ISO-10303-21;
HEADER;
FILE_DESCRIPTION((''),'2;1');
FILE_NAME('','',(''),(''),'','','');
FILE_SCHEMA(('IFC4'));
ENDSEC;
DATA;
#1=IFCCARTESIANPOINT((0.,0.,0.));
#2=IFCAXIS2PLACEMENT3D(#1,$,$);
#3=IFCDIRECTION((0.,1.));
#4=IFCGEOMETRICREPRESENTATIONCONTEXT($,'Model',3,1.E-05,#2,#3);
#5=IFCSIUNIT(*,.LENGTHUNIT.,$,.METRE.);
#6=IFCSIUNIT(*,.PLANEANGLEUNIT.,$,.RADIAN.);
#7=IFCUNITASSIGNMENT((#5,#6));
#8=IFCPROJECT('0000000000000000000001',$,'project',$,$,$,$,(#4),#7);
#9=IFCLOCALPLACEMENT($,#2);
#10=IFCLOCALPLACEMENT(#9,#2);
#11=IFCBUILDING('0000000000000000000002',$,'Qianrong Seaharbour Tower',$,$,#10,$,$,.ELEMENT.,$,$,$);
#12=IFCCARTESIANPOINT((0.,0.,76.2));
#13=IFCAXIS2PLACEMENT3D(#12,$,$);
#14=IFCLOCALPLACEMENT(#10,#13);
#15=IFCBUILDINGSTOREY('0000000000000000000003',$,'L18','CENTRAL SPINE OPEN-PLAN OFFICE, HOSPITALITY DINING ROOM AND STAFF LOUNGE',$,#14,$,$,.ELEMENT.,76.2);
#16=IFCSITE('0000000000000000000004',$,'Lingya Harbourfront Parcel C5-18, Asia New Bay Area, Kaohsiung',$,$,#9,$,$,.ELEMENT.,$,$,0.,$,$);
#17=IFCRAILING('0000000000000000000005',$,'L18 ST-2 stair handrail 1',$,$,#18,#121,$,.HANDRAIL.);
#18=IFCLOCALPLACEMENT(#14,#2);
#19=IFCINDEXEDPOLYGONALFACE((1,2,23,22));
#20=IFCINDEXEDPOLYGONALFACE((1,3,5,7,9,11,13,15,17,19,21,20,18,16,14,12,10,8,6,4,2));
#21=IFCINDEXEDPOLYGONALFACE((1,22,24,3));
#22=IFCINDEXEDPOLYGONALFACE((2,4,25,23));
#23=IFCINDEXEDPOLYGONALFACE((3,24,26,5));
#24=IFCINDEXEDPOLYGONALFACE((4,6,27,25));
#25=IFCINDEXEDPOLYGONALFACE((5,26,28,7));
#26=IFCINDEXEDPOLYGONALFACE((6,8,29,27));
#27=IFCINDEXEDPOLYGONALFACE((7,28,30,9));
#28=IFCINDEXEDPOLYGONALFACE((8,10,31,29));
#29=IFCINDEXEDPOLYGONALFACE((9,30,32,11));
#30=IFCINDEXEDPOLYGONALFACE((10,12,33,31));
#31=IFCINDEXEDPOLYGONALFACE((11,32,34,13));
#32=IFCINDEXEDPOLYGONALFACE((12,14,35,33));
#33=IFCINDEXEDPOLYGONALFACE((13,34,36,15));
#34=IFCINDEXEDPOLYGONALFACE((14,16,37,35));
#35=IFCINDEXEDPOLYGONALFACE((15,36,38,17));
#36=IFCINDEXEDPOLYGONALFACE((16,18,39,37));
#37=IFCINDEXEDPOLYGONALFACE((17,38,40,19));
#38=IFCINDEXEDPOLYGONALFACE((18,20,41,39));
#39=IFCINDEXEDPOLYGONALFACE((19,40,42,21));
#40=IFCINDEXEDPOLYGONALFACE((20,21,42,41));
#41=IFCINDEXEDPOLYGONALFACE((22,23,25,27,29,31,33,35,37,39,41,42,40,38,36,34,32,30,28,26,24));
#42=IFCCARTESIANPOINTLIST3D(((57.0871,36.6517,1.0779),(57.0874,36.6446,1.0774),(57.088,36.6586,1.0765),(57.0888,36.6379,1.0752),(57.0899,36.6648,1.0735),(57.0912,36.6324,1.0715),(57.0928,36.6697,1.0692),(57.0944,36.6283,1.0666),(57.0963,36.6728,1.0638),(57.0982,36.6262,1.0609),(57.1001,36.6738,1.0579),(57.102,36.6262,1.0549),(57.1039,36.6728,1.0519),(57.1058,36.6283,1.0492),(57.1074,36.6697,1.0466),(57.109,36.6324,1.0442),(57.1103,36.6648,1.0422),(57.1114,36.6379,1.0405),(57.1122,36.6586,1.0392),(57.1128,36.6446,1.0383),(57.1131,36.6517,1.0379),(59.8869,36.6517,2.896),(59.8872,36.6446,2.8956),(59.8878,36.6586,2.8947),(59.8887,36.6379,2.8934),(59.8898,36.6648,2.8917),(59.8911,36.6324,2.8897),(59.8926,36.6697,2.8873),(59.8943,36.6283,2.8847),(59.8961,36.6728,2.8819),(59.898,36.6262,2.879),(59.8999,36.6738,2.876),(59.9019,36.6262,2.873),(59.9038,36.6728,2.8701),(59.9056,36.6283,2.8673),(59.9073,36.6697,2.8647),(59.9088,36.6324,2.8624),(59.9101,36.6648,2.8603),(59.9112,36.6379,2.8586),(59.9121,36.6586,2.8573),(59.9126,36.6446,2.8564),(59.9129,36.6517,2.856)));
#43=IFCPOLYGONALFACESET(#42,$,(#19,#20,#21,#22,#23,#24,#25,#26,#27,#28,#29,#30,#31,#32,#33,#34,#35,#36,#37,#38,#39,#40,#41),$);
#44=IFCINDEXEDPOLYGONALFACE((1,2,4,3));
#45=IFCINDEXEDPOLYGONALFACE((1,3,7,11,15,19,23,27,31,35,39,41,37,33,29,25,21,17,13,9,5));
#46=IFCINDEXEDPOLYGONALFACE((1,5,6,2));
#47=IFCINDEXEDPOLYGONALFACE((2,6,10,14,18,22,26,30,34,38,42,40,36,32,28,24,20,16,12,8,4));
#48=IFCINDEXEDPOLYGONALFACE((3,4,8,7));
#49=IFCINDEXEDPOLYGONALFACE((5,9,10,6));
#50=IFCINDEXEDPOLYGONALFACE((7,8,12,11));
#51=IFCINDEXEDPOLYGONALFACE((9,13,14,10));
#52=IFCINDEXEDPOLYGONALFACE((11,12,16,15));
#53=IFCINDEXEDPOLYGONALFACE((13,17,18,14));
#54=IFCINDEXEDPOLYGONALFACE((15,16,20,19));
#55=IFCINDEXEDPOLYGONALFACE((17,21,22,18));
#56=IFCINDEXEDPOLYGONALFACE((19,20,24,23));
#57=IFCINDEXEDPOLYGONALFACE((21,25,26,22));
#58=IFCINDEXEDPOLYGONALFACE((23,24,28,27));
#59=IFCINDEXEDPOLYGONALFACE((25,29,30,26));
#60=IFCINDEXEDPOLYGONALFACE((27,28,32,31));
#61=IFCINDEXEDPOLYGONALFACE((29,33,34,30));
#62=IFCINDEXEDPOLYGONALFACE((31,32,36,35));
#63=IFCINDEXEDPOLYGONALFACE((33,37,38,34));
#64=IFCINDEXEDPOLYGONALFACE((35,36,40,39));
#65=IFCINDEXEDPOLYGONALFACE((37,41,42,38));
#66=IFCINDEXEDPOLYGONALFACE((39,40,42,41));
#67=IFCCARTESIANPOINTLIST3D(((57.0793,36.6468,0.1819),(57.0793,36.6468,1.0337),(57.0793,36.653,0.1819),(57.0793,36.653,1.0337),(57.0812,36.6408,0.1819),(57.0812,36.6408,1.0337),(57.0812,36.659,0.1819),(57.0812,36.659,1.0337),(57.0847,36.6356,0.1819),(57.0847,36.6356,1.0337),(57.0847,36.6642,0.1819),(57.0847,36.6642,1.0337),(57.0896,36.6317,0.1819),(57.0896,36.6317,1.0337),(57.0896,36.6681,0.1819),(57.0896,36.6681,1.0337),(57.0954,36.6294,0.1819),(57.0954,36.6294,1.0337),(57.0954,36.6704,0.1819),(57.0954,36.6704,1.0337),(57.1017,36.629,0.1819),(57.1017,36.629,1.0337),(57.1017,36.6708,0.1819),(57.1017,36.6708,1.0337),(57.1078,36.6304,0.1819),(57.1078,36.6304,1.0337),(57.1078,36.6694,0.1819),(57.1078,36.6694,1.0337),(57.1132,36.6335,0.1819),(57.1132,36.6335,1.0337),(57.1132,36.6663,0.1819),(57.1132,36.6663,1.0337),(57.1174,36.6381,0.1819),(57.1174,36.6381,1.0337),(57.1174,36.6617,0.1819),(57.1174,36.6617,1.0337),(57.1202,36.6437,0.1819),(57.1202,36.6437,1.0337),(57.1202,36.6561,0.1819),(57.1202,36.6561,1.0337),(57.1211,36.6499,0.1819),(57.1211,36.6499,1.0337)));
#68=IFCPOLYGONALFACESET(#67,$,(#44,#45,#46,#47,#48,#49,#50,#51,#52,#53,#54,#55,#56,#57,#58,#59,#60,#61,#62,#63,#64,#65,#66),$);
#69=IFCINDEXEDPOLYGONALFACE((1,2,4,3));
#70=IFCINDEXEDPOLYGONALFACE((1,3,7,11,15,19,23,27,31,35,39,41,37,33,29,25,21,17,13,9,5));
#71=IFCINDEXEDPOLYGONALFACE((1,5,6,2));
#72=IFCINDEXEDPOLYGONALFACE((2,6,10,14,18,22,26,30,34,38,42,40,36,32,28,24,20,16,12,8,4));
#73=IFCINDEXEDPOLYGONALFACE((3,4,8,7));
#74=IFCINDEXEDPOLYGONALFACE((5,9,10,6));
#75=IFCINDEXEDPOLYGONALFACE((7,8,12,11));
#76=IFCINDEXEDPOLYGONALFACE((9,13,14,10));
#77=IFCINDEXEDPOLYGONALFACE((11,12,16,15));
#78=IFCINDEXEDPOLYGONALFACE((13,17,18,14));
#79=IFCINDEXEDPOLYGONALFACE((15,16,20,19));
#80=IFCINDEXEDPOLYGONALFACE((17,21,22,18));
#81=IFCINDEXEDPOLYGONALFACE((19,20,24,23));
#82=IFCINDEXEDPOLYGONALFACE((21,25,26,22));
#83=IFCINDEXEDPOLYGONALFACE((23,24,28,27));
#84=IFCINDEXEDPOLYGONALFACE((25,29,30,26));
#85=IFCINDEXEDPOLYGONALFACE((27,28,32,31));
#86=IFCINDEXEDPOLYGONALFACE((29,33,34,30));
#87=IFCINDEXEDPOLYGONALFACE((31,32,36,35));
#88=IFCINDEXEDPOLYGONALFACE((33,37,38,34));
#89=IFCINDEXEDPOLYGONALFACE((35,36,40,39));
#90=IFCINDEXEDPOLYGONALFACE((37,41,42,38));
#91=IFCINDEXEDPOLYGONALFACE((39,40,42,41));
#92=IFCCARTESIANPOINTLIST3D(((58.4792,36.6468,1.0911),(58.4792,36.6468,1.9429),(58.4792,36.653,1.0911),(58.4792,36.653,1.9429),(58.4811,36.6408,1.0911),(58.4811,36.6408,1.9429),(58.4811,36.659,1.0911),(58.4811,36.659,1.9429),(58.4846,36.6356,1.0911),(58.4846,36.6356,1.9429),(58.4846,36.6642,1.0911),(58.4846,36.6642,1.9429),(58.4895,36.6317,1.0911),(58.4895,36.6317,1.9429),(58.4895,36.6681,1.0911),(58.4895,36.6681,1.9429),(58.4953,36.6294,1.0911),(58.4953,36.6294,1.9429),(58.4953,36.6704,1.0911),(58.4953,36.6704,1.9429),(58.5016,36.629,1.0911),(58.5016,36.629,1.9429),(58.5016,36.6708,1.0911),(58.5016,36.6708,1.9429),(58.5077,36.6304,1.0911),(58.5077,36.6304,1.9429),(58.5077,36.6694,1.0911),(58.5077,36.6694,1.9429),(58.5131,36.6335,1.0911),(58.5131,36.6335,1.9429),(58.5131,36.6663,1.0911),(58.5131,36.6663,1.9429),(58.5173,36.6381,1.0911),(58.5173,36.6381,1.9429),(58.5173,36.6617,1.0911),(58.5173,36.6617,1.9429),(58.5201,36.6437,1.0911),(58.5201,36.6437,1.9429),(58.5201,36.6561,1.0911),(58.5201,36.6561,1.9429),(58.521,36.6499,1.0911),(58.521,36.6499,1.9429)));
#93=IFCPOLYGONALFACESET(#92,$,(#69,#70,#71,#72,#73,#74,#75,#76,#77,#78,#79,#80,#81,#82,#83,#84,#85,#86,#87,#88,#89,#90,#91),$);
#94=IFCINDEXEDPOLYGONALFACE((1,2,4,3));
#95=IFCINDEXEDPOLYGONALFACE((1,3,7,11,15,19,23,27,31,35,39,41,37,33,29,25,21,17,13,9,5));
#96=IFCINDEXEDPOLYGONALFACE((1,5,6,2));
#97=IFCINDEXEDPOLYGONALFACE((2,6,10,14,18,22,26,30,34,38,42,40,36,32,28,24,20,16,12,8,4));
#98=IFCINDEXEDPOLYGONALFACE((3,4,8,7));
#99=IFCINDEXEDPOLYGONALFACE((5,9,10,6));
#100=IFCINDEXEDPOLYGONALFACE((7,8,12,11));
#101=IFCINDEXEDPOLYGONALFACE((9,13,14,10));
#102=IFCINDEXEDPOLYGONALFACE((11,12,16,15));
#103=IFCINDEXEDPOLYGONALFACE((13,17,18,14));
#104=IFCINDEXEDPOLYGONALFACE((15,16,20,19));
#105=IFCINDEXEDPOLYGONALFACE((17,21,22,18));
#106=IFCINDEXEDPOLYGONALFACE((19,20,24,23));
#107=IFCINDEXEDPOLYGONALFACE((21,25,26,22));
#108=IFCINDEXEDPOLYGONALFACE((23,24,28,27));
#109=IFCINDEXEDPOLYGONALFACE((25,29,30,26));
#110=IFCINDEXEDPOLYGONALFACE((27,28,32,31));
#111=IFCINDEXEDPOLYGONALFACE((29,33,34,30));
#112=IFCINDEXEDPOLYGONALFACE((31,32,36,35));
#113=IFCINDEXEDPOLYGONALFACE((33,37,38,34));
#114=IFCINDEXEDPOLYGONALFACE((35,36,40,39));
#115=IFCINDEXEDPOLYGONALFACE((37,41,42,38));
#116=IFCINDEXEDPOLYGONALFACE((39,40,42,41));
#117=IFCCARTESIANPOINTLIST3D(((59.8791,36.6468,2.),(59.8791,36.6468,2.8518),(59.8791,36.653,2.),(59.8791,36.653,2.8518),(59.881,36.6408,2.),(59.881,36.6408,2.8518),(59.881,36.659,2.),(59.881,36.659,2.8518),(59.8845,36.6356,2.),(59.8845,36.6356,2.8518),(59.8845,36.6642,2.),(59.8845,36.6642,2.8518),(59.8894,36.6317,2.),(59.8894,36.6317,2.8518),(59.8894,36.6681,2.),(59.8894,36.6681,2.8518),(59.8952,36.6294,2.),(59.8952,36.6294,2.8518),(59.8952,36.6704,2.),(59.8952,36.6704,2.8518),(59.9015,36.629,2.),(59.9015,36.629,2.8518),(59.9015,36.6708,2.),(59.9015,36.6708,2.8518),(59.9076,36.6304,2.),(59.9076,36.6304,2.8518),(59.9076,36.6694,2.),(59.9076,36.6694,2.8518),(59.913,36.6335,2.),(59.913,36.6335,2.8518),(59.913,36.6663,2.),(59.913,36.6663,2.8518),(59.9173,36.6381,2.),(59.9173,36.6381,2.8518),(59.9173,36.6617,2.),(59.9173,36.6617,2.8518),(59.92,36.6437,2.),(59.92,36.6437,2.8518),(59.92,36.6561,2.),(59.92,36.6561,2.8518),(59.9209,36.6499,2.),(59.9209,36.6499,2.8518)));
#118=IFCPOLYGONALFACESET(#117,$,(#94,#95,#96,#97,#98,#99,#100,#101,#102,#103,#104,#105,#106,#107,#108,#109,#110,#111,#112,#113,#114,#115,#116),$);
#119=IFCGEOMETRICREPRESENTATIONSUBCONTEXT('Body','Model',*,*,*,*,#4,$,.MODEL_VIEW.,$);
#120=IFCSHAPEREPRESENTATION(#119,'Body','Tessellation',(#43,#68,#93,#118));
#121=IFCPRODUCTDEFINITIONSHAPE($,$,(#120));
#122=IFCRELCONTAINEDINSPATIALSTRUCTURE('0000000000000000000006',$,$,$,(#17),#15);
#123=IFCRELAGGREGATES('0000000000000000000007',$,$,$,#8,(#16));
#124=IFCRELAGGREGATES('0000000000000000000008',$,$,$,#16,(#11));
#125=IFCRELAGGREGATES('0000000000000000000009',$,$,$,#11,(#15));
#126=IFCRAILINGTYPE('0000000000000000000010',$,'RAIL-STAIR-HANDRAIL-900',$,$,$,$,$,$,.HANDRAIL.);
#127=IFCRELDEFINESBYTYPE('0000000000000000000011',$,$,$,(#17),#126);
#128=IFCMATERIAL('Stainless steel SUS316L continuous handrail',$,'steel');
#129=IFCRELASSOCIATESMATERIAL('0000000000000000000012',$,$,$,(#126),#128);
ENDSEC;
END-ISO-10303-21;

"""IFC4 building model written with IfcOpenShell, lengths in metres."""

from ifc_helpers import new_model, si_unit, direction, frame, origin, origin_2d, place, context, subcontext, project, spatial, circle, extrude, material, type_object, element, save


model = new_model("IFC4")

# Units and contexts
model_context = context("Model", 3, precision=1e-05, world=origin(), true_north=direction((0.0, 1.0)))
body_context = subcontext(model_context, "Body", "Model", "MODEL_VIEW")
ifc_project = project(units=[si_unit("LENGTHUNIT", "METRE"), si_unit("PLANEANGLEUNIT", "RADIAN")], contexts=[model_context])

# Site, building, storey
site_placement = place(None, origin())
site = spatial("IfcSite", under=ifc_project, at=site_placement, Name="Lingya Harbourfront Parcel C5-18, Asia New Bay Area, Kaohsiung", CompositionType="ELEMENT", RefElevation=0.0)
building_placement = place(site_placement, origin())
building = spatial("IfcBuilding", under=site, at=building_placement, Name="Qianrong Seaharbour Tower", CompositionType="ELEMENT")
storey_placement = place(building_placement, frame((0.0, 0.0, 76.2)))
storey = spatial("IfcBuildingStorey", under=building, at=storey_placement, Name="L18", Description="CENTRAL SPINE OPEN-PLAN OFFICE, HOSPITALITY DINING ROOM AND STAFF LOUNGE", CompositionType="ELEMENT", Elevation=76.2)

# Railing
ifc_material_1 = material(Name="Stainless steel SUS316L continuous handrail", Category="steel")
railing_type_1 = type_object("IfcRailingType", Name="RAIL-STAIR-HANDRAIL-900", PredefinedType="HANDRAIL", material=ifc_material_1)
railing_1_placement = place(storey_placement, frame((57.1001, 36.6499, 0.1819)))
element("IfcRailing", 1, at=railing_1_placement, inside=storey, type_object=railing_type_1, Name="L18 ST-2 stair handrail 1", PredefinedType="HANDRAIL", context=body_context, shape_type="SweptSolid", body=[
    extrude(circle(Radius=0.0239, at=origin_2d()), frame((0.0, 0.0, 0.876), z_axis=(0.838684, 0.0, 0.544618), x_axis=(0.0, 1.0, 0.0)), (0.0, 0.0, 1.0), 3.3384),
    extrude(circle(Radius=0.021, at=origin_2d()), origin(), (0.0, 0.0, 1.0), 0.8518),
    extrude(circle(Radius=0.021, at=origin_2d()), frame((1.3999, 0.0, 0.9092)), (0.0, 0.0, 1.0), 0.8518),
    extrude(circle(Radius=0.021, at=origin_2d()), frame((2.7998, 0.0, 1.8181)), (0.0, 0.0, 1.0), 0.8518),
])

save(model, "model.ifc")
